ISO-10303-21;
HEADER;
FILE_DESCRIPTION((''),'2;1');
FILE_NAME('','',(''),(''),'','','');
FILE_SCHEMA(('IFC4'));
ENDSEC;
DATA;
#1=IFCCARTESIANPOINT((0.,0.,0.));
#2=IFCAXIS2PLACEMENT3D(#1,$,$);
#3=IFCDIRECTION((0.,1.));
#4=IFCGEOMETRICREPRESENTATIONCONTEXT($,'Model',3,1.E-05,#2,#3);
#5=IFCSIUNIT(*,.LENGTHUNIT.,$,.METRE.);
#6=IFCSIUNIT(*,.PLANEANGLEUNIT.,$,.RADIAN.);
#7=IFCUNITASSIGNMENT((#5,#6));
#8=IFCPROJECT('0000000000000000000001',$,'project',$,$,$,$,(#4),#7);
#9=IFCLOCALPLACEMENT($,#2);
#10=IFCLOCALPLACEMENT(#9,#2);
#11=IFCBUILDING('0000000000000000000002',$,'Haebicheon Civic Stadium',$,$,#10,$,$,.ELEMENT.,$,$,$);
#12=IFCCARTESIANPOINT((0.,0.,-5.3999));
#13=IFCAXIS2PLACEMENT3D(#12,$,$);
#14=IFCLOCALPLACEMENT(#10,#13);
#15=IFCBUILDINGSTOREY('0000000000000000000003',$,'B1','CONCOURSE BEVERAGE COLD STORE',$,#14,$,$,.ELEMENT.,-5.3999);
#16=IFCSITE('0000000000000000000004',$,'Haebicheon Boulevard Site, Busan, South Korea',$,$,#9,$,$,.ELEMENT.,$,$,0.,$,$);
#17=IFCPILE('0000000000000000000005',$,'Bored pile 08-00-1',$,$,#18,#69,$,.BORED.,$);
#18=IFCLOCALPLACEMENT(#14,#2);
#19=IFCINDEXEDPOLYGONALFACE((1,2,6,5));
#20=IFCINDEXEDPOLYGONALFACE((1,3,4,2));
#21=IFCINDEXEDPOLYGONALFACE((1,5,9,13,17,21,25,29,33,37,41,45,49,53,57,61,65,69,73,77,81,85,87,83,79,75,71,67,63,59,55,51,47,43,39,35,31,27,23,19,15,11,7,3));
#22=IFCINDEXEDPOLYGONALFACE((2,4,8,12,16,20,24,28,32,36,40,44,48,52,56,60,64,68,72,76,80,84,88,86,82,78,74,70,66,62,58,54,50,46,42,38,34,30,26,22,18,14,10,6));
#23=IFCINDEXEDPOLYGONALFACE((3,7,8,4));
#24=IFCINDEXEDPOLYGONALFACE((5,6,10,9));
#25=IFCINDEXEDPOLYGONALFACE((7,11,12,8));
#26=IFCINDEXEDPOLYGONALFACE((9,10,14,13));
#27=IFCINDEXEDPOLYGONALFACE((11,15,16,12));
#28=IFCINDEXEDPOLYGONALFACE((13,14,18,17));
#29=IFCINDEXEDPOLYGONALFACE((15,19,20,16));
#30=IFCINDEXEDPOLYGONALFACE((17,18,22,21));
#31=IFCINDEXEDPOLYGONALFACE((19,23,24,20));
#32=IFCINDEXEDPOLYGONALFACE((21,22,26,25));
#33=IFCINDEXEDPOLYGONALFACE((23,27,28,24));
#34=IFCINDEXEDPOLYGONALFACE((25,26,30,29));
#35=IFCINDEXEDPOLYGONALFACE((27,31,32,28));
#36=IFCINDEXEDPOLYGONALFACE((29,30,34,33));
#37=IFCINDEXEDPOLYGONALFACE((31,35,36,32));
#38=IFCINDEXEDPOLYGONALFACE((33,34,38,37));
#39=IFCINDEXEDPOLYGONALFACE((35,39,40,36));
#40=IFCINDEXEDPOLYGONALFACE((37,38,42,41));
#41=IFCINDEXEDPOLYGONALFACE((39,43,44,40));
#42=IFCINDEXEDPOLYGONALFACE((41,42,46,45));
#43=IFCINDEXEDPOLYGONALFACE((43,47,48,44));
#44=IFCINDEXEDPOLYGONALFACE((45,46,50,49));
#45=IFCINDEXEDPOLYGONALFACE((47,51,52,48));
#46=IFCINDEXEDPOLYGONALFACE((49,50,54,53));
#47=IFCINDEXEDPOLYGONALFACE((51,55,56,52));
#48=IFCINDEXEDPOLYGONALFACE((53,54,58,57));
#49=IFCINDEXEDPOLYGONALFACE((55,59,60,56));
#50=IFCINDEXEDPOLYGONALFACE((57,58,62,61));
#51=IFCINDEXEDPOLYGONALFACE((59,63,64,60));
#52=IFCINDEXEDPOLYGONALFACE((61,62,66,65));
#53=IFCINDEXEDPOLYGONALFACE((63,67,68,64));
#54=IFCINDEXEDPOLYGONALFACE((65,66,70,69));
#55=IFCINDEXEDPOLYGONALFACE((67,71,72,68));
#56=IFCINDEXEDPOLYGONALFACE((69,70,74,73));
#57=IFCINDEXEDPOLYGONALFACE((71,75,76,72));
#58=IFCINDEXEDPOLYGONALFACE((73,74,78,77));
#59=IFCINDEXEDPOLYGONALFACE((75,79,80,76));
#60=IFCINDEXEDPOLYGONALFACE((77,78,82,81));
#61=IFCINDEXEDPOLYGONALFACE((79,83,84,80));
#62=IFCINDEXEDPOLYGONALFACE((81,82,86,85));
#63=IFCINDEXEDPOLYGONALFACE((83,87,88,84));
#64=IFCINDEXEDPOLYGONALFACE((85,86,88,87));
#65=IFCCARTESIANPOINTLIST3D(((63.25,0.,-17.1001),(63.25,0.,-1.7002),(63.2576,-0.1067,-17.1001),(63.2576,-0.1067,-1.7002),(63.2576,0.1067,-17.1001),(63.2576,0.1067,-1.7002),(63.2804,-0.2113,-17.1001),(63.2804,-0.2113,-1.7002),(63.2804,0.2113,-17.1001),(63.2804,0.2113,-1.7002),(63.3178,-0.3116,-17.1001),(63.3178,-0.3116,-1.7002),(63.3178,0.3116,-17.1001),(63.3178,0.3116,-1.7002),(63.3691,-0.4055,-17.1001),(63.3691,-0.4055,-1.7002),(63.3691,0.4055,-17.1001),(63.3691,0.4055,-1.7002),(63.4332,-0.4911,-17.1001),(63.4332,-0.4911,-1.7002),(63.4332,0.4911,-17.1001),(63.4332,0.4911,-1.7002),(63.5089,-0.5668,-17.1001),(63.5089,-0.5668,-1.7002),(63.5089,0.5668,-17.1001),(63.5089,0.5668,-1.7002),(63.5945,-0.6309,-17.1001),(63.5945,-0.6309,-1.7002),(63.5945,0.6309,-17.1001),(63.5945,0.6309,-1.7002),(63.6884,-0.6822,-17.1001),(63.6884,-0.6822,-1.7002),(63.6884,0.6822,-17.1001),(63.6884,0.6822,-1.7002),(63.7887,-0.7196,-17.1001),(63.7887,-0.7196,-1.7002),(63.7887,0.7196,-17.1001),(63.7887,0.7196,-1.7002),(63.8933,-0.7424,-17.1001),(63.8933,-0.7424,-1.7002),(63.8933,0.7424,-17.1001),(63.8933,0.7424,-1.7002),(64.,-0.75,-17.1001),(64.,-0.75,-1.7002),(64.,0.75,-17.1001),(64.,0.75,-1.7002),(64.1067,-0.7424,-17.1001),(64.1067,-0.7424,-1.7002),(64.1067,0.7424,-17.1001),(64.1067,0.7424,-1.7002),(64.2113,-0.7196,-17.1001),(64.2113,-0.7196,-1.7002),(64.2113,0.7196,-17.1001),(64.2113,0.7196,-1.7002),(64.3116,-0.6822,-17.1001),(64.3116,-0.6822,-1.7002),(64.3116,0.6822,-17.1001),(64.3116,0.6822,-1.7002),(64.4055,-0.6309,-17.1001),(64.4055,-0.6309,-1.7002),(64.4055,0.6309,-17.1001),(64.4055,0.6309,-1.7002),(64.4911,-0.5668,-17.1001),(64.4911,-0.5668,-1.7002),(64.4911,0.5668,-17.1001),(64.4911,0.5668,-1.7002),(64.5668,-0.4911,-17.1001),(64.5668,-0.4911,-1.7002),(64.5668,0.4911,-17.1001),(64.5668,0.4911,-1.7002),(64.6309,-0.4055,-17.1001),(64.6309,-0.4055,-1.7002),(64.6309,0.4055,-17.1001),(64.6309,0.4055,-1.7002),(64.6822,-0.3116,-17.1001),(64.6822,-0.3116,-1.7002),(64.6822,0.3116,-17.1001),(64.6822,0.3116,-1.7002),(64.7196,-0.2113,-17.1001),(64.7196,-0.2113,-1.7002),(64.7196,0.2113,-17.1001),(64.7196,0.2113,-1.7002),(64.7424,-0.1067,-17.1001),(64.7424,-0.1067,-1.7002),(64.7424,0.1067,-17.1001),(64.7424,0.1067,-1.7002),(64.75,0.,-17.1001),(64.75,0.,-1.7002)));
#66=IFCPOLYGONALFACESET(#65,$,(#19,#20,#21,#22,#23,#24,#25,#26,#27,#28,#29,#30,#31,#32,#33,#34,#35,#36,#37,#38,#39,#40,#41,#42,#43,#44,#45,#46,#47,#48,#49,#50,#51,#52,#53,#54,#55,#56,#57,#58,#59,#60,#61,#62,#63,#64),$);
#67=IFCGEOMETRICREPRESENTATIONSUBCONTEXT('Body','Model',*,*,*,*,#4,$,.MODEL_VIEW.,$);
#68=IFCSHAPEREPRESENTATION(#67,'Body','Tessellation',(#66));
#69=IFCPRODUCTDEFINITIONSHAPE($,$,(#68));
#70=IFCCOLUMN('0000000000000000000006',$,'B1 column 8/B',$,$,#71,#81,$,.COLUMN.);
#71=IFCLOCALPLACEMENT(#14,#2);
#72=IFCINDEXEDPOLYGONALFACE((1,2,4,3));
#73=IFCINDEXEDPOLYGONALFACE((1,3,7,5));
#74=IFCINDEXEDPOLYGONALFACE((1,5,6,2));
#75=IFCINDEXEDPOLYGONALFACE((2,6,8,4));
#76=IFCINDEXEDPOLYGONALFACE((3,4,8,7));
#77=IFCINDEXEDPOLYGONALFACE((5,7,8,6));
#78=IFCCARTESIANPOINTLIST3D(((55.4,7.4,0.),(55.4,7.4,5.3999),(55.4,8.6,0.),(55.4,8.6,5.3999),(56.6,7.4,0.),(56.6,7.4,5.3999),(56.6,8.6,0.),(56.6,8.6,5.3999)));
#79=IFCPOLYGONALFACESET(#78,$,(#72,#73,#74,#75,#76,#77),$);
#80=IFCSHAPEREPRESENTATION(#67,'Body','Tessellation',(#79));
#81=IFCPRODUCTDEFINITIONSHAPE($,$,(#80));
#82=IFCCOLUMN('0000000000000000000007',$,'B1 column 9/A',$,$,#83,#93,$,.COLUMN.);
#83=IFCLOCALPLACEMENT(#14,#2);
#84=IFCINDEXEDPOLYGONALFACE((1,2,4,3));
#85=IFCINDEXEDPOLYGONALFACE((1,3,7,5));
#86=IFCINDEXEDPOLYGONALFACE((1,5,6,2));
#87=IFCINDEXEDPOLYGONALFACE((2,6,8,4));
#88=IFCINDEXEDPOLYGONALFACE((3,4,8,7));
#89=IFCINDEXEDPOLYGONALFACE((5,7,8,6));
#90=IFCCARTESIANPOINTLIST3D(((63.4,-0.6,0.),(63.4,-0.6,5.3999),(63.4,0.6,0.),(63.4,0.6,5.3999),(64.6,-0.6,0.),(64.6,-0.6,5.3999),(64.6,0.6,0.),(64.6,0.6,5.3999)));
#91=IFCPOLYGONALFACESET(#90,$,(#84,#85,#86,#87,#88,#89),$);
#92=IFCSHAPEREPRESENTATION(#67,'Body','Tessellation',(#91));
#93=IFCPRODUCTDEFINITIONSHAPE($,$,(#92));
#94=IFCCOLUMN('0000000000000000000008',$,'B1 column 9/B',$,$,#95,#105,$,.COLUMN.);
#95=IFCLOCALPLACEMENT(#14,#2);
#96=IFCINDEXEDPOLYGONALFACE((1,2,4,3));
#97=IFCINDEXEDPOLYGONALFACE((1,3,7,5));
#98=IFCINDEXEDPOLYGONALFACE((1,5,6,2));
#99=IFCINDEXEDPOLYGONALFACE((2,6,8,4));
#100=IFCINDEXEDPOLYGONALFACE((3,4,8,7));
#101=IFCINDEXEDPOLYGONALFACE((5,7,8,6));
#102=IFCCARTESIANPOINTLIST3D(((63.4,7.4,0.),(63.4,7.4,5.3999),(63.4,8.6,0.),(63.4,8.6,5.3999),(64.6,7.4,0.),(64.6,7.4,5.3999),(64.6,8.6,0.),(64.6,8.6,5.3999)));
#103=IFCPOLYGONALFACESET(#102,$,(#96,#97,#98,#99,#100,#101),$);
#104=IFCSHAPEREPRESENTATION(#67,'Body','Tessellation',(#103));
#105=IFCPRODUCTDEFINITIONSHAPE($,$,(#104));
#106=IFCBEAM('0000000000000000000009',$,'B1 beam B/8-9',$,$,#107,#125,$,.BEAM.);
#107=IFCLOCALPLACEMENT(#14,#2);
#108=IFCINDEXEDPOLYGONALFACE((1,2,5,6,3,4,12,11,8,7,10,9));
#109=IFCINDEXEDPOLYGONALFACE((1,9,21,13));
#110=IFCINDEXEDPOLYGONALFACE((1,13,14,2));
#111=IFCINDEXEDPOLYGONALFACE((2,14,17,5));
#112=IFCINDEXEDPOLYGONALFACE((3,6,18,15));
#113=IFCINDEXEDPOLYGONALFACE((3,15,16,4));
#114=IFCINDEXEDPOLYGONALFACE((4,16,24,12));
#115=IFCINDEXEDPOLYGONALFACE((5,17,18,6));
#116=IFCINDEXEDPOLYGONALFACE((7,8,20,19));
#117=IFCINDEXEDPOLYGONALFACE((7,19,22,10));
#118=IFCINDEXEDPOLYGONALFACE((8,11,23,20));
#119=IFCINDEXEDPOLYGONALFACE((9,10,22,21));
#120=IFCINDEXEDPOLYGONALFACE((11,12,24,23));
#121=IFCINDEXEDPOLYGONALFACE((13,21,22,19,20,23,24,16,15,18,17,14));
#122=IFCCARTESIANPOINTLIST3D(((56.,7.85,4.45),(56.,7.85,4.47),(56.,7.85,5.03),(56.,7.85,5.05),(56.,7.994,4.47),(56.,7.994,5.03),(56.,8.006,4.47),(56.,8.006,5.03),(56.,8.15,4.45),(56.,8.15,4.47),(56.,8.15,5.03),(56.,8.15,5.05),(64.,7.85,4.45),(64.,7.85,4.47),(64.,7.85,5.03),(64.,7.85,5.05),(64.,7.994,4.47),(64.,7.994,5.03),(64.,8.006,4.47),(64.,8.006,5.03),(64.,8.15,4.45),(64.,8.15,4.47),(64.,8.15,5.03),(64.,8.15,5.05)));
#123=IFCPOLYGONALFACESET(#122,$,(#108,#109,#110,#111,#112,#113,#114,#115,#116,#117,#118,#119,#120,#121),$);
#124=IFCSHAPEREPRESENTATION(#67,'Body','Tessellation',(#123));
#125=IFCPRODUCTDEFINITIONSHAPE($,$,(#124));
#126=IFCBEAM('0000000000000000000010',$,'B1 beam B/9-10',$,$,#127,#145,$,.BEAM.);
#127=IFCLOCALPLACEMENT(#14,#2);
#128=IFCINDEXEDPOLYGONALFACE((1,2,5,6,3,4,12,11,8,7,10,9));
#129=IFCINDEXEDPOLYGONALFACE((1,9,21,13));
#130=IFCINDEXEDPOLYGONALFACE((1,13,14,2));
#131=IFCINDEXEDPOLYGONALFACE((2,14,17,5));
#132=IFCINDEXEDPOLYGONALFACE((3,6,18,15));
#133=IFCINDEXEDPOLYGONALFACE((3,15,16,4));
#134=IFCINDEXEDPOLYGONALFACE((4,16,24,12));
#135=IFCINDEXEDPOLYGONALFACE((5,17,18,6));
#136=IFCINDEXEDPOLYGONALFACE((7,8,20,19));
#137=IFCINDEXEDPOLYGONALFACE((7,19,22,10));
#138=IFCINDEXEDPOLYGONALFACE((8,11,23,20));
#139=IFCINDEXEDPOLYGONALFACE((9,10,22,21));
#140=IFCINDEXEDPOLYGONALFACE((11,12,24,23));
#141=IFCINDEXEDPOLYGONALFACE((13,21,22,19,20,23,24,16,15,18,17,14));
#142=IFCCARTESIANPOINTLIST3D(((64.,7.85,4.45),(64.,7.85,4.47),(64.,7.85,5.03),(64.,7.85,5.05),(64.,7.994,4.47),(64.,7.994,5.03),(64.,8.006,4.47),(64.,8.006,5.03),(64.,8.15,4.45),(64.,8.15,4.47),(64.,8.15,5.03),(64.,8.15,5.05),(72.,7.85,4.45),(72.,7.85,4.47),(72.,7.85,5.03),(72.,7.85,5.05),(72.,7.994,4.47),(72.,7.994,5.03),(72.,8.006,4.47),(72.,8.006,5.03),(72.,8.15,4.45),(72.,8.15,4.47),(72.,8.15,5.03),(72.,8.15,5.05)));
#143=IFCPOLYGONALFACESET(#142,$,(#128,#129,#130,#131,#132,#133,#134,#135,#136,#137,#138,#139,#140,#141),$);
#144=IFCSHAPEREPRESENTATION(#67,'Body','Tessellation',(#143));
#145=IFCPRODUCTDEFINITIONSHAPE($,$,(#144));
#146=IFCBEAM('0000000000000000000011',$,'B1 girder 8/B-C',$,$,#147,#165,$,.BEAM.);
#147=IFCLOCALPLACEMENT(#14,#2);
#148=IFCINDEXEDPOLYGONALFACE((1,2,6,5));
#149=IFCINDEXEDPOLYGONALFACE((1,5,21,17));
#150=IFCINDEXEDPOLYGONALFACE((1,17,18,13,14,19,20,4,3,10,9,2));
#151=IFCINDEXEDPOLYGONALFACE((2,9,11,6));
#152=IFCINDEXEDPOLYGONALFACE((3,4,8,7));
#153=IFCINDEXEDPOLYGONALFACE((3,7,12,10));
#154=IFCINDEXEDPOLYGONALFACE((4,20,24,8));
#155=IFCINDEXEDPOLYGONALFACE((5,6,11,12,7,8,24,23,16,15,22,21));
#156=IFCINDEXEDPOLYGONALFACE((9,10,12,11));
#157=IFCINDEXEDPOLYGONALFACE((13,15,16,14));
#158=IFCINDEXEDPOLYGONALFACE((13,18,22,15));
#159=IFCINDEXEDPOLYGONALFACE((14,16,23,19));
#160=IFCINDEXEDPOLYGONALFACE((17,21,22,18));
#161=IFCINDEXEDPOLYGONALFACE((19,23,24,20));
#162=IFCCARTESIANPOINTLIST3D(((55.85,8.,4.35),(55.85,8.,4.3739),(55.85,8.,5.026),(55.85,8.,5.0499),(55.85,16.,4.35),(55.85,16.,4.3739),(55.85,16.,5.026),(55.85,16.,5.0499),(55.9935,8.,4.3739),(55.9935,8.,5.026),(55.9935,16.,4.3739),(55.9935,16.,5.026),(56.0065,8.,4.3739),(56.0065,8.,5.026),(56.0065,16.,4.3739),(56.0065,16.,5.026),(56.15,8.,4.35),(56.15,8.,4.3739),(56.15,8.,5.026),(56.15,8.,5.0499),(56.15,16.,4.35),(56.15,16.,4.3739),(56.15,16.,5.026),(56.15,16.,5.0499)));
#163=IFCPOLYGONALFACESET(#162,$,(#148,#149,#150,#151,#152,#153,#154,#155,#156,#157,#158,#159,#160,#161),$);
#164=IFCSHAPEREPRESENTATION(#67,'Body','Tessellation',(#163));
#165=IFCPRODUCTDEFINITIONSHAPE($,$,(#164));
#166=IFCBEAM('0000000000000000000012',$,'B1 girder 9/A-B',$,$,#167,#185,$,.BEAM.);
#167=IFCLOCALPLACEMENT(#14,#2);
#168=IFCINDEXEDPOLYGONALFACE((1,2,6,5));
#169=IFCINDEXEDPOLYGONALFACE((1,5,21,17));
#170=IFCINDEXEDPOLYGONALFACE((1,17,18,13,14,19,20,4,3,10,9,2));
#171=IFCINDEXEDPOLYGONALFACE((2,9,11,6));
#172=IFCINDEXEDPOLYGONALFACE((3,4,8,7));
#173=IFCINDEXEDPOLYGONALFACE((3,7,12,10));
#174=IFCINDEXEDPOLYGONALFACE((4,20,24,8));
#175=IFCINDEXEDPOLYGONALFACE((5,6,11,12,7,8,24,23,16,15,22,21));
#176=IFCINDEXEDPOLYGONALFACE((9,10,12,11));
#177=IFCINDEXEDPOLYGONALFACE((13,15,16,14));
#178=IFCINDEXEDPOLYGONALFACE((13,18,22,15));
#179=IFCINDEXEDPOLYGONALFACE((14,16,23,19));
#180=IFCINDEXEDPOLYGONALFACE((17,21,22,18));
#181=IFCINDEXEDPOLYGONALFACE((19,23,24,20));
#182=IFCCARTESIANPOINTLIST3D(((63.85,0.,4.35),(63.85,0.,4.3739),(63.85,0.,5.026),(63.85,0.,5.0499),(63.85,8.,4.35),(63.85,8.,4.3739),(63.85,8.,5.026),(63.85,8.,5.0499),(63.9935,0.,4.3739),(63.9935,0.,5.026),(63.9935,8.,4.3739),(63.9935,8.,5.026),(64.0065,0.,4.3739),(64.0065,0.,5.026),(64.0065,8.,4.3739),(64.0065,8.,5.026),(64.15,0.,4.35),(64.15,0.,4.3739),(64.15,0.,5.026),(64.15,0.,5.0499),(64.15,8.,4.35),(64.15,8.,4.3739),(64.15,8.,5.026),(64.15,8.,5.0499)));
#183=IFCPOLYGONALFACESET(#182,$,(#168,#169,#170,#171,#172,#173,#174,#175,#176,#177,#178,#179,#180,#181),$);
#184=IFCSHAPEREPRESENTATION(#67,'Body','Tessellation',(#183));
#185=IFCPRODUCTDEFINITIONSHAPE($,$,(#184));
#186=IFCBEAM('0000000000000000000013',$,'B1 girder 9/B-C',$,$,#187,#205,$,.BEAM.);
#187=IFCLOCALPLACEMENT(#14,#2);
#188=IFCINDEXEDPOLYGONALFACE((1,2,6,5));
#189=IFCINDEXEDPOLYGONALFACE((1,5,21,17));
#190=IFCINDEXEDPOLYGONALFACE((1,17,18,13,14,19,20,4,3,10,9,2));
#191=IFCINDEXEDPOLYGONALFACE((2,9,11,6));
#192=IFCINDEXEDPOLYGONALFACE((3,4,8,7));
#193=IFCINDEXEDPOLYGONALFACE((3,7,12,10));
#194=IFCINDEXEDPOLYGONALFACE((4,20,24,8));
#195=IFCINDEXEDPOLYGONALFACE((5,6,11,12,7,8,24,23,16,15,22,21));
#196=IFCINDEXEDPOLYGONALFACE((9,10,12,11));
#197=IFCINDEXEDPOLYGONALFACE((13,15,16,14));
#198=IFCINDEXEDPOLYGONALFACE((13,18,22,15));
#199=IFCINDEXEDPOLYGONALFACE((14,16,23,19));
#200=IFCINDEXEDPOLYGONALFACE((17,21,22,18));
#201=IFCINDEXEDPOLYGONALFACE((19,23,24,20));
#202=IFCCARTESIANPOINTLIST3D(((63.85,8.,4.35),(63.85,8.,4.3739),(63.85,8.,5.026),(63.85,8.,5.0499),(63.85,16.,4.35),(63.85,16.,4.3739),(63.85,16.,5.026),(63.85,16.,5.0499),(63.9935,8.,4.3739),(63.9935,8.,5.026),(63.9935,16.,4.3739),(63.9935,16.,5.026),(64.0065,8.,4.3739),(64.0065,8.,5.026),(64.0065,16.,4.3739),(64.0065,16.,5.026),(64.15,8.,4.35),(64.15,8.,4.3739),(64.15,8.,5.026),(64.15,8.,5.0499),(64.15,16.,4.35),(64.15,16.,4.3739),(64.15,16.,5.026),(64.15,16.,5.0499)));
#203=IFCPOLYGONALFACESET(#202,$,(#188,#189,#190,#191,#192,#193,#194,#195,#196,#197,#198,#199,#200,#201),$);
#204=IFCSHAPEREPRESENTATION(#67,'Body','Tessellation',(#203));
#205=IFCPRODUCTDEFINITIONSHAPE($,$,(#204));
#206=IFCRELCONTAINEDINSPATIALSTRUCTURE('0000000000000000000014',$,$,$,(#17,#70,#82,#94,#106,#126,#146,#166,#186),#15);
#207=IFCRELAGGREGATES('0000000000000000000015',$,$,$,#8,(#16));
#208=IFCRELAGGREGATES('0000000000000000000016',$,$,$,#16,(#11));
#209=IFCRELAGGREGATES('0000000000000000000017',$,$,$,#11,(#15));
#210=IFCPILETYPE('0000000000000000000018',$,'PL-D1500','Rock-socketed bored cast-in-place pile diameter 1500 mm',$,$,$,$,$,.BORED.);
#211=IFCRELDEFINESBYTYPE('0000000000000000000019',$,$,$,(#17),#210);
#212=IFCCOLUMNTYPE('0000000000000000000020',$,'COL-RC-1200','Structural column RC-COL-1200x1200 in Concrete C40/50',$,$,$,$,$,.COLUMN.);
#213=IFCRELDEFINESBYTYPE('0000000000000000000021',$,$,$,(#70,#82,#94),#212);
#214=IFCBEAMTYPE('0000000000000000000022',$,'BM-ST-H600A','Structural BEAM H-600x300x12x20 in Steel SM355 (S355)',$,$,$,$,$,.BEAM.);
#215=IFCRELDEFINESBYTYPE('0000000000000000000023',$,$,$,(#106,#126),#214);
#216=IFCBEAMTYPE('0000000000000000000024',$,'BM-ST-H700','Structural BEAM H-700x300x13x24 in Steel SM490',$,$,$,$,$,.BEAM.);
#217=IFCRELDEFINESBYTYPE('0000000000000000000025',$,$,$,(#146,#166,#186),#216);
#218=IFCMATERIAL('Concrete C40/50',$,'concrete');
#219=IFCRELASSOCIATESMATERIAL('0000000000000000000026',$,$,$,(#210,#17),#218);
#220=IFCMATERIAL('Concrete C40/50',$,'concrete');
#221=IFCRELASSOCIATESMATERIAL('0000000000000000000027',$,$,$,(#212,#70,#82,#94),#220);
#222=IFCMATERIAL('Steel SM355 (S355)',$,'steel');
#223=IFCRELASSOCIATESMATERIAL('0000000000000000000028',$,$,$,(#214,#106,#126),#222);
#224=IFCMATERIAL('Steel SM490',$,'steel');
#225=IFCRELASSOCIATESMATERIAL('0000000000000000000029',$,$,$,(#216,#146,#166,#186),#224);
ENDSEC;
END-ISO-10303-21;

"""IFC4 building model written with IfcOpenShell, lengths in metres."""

from ifc_helpers import new_model, si_unit, direction, frame, origin, origin_2d, place, context, subcontext, project, spatial, rectangle, circle, i_section, extrude, material, material_profile, profile_set, type_object, element, save


model = new_model("IFC4")

# Units and contexts
model_context = context("Model", 3, precision=1e-05, world=origin(), true_north=direction((0.0, 1.0)))
body_context = subcontext(model_context, "Body", "Model", "MODEL_VIEW")
ifc_project = project(units=[si_unit("LENGTHUNIT", "METRE"), si_unit("PLANEANGLEUNIT", "RADIAN")], contexts=[model_context])

# Site, building, storey
site_placement = place(None, origin())
site = spatial("IfcSite", under=ifc_project, at=site_placement, Name="Haebicheon Boulevard Site, Busan, South Korea", CompositionType="ELEMENT", RefElevation=0.0)
building_placement = place(site_placement, origin())
building = spatial("IfcBuilding", under=site, at=building_placement, Name="Haebicheon Civic Stadium", CompositionType="ELEMENT")
storey_placement = place(building_placement, frame((0.0, 0.0, -5.3999)))
storey = spatial("IfcBuildingStorey", under=building, at=storey_placement, Name="B1", Description="CONCOURSE BEVERAGE COLD STORE", CompositionType="ELEMENT", Elevation=-5.3999)

# Pile
ifc_material_1 = material(Name="Concrete C40/50", Category="concrete")
ifc_material_profile_1 = material_profile(ifc_material_1, circle(Radius=0.75, at=origin_2d()), Name="PILE-D1500")
ifc_profile_set_1 = profile_set([ifc_material_profile_1], Name="Concrete C40/50")
pile_type_1 = type_object("IfcPileType", Name="PL-D1500", Description="Rock-socketed bored cast-in-place pile diameter 1500 mm", PredefinedType="BORED", material=ifc_profile_set_1)
for number, where, z_axis, x_axis, name in (
    (1, (64.0, 0.0, -1.7002), (0.0, 0.0, -1.0), (1.0, 0.0, 0.0), "Bored pile 08-00-1"),
):
    element("IfcPile", number, at=place(storey_placement, frame(where, z_axis=z_axis, x_axis=x_axis)), inside=storey, type_object=pile_type_1, material=ifc_profile_set_1, Name=name, PredefinedType="BORED", context=body_context, shape_type="SweptSolid", body=[
        extrude(circle(Radius=0.75, at=origin_2d()), origin(), (0.0, 0.0, 1.0), 15.3999),
    ])

# Columns
ifc_material_2 = material(Name="Concrete C40/50", Category="concrete")
ifc_material_profile_2 = material_profile(ifc_material_2, rectangle(XDim=1.2, YDim=1.2, at=origin_2d()), Name="RC-COL-1200x1200")
ifc_profile_set_2 = profile_set([ifc_material_profile_2], Name="Concrete C40/50")
column_type = type_object("IfcColumnType", Name="COL-RC-1200", Description="Structural column RC-COL-1200x1200 in Concrete C40/50", PredefinedType="COLUMN", material=ifc_profile_set_2)
for number, where, z_axis, x_axis, name in (
    (2, (56.0, 8.0, 0.0), (0.0, 0.0, 1.0), (1.0, 0.0, 0.0), "B1 column 8/B"),
    (3, (64.0, 0.0, 0.0), (0.0, 0.0, 1.0), (1.0, 0.0, 0.0), "B1 column 9/A"),
    (4, (64.0, 8.0, 0.0), (0.0, 0.0, 1.0), (1.0, 0.0, 0.0), "B1 column 9/B"),
):
    element("IfcColumn", number, at=place(storey_placement, frame(where, z_axis=z_axis, x_axis=x_axis)), inside=storey, type_object=column_type, material=ifc_profile_set_2, Name=name, PredefinedType="COLUMN", context=body_context, shape_type="SweptSolid", body=[
        extrude(rectangle(XDim=1.2, YDim=1.2, at=origin_2d()), origin(), (0.0, 0.0, 1.0), 5.3999),
    ])

# Beams
ifc_material_3 = material(Name="Steel SM355 (S355)", Category="steel")
ifc_material_profile_3 = material_profile(ifc_material_3, i_section(OverallWidth=0.3, OverallDepth=0.6001, WebThickness=0.012, FlangeThickness=0.02, at=origin_2d()), Name="H-600x300x12x20")
ifc_profile_set_3 = profile_set([ifc_material_profile_3], Name="Steel SM355 (S355)")
beam_type_1 = type_object("IfcBeamType", Name="BM-ST-H600A", Description="Structural BEAM H-600x300x12x20 in Steel SM355 (S355)", PredefinedType="BEAM", material=ifc_profile_set_3)
for number, where, z_axis, x_axis, name in (
    (5, (56.0, 8.0, 4.75), (1.0, 0.0, 0.0), (0.0, 1.0, 0.0), "B1 beam B/8-9"),
    (6, (64.0, 8.0, 4.75), (1.0, 0.0, 0.0), (0.0, 1.0, 0.0), "B1 beam B/9-10"),
):
    element("IfcBeam", number, at=place(storey_placement, frame(where, z_axis=z_axis, x_axis=x_axis)), inside=storey, type_object=beam_type_1, material=ifc_profile_set_3, Name=name, PredefinedType="BEAM", context=body_context, shape_type="SweptSolid", body=[
        extrude(i_section(OverallWidth=0.3, OverallDepth=0.6001, WebThickness=0.012, FlangeThickness=0.02, at=origin_2d()), origin(), (0.0, 0.0, 1.0), 8.0),
    ])
ifc_material_4 = material(Name="Steel SM490", Category="steel")
ifc_material_profile_4 = material_profile(ifc_material_4, i_section(OverallWidth=0.3, OverallDepth=0.7, WebThickness=0.0129, FlangeThickness=0.0239, at=origin_2d()), Name="H-700x300x13x24")
ifc_profile_set_4 = profile_set([ifc_material_profile_4], Name="Steel SM490")
beam_type_2 = type_object("IfcBeamType", Name="BM-ST-H700", Description="Structural BEAM H-700x300x13x24 in Steel SM490", PredefinedType="BEAM", material=ifc_profile_set_4)
for number, where, z_axis, x_axis, name in (
    (7, (56.0, 8.0, 4.7), (0.0, 1.0, 0.0), (-1.0, 0.0, 0.0), "B1 girder 8/B-C"),
    (8, (64.0, 0.0, 4.7), (0.0, 1.0, 0.0), (-1.0, 0.0, 0.0), "B1 girder 9/A-B"),
    (9, (64.0, 8.0, 4.7), (0.0, 1.0, 0.0), (-1.0, 0.0, 0.0), "B1 girder 9/B-C"),
):
    element("IfcBeam", number, at=place(storey_placement, frame(where, z_axis=z_axis, x_axis=x_axis)), inside=storey, type_object=beam_type_2, material=ifc_profile_set_4, Name=name, PredefinedType="BEAM", context=body_context, shape_type="SweptSolid", body=[
        extrude(i_section(OverallWidth=0.3, OverallDepth=0.7, WebThickness=0.0129, FlangeThickness=0.0239, at=origin_2d()), origin(), (0.0, 0.0, 1.0), 8.0),
    ])

save(model, "model.ifc")
